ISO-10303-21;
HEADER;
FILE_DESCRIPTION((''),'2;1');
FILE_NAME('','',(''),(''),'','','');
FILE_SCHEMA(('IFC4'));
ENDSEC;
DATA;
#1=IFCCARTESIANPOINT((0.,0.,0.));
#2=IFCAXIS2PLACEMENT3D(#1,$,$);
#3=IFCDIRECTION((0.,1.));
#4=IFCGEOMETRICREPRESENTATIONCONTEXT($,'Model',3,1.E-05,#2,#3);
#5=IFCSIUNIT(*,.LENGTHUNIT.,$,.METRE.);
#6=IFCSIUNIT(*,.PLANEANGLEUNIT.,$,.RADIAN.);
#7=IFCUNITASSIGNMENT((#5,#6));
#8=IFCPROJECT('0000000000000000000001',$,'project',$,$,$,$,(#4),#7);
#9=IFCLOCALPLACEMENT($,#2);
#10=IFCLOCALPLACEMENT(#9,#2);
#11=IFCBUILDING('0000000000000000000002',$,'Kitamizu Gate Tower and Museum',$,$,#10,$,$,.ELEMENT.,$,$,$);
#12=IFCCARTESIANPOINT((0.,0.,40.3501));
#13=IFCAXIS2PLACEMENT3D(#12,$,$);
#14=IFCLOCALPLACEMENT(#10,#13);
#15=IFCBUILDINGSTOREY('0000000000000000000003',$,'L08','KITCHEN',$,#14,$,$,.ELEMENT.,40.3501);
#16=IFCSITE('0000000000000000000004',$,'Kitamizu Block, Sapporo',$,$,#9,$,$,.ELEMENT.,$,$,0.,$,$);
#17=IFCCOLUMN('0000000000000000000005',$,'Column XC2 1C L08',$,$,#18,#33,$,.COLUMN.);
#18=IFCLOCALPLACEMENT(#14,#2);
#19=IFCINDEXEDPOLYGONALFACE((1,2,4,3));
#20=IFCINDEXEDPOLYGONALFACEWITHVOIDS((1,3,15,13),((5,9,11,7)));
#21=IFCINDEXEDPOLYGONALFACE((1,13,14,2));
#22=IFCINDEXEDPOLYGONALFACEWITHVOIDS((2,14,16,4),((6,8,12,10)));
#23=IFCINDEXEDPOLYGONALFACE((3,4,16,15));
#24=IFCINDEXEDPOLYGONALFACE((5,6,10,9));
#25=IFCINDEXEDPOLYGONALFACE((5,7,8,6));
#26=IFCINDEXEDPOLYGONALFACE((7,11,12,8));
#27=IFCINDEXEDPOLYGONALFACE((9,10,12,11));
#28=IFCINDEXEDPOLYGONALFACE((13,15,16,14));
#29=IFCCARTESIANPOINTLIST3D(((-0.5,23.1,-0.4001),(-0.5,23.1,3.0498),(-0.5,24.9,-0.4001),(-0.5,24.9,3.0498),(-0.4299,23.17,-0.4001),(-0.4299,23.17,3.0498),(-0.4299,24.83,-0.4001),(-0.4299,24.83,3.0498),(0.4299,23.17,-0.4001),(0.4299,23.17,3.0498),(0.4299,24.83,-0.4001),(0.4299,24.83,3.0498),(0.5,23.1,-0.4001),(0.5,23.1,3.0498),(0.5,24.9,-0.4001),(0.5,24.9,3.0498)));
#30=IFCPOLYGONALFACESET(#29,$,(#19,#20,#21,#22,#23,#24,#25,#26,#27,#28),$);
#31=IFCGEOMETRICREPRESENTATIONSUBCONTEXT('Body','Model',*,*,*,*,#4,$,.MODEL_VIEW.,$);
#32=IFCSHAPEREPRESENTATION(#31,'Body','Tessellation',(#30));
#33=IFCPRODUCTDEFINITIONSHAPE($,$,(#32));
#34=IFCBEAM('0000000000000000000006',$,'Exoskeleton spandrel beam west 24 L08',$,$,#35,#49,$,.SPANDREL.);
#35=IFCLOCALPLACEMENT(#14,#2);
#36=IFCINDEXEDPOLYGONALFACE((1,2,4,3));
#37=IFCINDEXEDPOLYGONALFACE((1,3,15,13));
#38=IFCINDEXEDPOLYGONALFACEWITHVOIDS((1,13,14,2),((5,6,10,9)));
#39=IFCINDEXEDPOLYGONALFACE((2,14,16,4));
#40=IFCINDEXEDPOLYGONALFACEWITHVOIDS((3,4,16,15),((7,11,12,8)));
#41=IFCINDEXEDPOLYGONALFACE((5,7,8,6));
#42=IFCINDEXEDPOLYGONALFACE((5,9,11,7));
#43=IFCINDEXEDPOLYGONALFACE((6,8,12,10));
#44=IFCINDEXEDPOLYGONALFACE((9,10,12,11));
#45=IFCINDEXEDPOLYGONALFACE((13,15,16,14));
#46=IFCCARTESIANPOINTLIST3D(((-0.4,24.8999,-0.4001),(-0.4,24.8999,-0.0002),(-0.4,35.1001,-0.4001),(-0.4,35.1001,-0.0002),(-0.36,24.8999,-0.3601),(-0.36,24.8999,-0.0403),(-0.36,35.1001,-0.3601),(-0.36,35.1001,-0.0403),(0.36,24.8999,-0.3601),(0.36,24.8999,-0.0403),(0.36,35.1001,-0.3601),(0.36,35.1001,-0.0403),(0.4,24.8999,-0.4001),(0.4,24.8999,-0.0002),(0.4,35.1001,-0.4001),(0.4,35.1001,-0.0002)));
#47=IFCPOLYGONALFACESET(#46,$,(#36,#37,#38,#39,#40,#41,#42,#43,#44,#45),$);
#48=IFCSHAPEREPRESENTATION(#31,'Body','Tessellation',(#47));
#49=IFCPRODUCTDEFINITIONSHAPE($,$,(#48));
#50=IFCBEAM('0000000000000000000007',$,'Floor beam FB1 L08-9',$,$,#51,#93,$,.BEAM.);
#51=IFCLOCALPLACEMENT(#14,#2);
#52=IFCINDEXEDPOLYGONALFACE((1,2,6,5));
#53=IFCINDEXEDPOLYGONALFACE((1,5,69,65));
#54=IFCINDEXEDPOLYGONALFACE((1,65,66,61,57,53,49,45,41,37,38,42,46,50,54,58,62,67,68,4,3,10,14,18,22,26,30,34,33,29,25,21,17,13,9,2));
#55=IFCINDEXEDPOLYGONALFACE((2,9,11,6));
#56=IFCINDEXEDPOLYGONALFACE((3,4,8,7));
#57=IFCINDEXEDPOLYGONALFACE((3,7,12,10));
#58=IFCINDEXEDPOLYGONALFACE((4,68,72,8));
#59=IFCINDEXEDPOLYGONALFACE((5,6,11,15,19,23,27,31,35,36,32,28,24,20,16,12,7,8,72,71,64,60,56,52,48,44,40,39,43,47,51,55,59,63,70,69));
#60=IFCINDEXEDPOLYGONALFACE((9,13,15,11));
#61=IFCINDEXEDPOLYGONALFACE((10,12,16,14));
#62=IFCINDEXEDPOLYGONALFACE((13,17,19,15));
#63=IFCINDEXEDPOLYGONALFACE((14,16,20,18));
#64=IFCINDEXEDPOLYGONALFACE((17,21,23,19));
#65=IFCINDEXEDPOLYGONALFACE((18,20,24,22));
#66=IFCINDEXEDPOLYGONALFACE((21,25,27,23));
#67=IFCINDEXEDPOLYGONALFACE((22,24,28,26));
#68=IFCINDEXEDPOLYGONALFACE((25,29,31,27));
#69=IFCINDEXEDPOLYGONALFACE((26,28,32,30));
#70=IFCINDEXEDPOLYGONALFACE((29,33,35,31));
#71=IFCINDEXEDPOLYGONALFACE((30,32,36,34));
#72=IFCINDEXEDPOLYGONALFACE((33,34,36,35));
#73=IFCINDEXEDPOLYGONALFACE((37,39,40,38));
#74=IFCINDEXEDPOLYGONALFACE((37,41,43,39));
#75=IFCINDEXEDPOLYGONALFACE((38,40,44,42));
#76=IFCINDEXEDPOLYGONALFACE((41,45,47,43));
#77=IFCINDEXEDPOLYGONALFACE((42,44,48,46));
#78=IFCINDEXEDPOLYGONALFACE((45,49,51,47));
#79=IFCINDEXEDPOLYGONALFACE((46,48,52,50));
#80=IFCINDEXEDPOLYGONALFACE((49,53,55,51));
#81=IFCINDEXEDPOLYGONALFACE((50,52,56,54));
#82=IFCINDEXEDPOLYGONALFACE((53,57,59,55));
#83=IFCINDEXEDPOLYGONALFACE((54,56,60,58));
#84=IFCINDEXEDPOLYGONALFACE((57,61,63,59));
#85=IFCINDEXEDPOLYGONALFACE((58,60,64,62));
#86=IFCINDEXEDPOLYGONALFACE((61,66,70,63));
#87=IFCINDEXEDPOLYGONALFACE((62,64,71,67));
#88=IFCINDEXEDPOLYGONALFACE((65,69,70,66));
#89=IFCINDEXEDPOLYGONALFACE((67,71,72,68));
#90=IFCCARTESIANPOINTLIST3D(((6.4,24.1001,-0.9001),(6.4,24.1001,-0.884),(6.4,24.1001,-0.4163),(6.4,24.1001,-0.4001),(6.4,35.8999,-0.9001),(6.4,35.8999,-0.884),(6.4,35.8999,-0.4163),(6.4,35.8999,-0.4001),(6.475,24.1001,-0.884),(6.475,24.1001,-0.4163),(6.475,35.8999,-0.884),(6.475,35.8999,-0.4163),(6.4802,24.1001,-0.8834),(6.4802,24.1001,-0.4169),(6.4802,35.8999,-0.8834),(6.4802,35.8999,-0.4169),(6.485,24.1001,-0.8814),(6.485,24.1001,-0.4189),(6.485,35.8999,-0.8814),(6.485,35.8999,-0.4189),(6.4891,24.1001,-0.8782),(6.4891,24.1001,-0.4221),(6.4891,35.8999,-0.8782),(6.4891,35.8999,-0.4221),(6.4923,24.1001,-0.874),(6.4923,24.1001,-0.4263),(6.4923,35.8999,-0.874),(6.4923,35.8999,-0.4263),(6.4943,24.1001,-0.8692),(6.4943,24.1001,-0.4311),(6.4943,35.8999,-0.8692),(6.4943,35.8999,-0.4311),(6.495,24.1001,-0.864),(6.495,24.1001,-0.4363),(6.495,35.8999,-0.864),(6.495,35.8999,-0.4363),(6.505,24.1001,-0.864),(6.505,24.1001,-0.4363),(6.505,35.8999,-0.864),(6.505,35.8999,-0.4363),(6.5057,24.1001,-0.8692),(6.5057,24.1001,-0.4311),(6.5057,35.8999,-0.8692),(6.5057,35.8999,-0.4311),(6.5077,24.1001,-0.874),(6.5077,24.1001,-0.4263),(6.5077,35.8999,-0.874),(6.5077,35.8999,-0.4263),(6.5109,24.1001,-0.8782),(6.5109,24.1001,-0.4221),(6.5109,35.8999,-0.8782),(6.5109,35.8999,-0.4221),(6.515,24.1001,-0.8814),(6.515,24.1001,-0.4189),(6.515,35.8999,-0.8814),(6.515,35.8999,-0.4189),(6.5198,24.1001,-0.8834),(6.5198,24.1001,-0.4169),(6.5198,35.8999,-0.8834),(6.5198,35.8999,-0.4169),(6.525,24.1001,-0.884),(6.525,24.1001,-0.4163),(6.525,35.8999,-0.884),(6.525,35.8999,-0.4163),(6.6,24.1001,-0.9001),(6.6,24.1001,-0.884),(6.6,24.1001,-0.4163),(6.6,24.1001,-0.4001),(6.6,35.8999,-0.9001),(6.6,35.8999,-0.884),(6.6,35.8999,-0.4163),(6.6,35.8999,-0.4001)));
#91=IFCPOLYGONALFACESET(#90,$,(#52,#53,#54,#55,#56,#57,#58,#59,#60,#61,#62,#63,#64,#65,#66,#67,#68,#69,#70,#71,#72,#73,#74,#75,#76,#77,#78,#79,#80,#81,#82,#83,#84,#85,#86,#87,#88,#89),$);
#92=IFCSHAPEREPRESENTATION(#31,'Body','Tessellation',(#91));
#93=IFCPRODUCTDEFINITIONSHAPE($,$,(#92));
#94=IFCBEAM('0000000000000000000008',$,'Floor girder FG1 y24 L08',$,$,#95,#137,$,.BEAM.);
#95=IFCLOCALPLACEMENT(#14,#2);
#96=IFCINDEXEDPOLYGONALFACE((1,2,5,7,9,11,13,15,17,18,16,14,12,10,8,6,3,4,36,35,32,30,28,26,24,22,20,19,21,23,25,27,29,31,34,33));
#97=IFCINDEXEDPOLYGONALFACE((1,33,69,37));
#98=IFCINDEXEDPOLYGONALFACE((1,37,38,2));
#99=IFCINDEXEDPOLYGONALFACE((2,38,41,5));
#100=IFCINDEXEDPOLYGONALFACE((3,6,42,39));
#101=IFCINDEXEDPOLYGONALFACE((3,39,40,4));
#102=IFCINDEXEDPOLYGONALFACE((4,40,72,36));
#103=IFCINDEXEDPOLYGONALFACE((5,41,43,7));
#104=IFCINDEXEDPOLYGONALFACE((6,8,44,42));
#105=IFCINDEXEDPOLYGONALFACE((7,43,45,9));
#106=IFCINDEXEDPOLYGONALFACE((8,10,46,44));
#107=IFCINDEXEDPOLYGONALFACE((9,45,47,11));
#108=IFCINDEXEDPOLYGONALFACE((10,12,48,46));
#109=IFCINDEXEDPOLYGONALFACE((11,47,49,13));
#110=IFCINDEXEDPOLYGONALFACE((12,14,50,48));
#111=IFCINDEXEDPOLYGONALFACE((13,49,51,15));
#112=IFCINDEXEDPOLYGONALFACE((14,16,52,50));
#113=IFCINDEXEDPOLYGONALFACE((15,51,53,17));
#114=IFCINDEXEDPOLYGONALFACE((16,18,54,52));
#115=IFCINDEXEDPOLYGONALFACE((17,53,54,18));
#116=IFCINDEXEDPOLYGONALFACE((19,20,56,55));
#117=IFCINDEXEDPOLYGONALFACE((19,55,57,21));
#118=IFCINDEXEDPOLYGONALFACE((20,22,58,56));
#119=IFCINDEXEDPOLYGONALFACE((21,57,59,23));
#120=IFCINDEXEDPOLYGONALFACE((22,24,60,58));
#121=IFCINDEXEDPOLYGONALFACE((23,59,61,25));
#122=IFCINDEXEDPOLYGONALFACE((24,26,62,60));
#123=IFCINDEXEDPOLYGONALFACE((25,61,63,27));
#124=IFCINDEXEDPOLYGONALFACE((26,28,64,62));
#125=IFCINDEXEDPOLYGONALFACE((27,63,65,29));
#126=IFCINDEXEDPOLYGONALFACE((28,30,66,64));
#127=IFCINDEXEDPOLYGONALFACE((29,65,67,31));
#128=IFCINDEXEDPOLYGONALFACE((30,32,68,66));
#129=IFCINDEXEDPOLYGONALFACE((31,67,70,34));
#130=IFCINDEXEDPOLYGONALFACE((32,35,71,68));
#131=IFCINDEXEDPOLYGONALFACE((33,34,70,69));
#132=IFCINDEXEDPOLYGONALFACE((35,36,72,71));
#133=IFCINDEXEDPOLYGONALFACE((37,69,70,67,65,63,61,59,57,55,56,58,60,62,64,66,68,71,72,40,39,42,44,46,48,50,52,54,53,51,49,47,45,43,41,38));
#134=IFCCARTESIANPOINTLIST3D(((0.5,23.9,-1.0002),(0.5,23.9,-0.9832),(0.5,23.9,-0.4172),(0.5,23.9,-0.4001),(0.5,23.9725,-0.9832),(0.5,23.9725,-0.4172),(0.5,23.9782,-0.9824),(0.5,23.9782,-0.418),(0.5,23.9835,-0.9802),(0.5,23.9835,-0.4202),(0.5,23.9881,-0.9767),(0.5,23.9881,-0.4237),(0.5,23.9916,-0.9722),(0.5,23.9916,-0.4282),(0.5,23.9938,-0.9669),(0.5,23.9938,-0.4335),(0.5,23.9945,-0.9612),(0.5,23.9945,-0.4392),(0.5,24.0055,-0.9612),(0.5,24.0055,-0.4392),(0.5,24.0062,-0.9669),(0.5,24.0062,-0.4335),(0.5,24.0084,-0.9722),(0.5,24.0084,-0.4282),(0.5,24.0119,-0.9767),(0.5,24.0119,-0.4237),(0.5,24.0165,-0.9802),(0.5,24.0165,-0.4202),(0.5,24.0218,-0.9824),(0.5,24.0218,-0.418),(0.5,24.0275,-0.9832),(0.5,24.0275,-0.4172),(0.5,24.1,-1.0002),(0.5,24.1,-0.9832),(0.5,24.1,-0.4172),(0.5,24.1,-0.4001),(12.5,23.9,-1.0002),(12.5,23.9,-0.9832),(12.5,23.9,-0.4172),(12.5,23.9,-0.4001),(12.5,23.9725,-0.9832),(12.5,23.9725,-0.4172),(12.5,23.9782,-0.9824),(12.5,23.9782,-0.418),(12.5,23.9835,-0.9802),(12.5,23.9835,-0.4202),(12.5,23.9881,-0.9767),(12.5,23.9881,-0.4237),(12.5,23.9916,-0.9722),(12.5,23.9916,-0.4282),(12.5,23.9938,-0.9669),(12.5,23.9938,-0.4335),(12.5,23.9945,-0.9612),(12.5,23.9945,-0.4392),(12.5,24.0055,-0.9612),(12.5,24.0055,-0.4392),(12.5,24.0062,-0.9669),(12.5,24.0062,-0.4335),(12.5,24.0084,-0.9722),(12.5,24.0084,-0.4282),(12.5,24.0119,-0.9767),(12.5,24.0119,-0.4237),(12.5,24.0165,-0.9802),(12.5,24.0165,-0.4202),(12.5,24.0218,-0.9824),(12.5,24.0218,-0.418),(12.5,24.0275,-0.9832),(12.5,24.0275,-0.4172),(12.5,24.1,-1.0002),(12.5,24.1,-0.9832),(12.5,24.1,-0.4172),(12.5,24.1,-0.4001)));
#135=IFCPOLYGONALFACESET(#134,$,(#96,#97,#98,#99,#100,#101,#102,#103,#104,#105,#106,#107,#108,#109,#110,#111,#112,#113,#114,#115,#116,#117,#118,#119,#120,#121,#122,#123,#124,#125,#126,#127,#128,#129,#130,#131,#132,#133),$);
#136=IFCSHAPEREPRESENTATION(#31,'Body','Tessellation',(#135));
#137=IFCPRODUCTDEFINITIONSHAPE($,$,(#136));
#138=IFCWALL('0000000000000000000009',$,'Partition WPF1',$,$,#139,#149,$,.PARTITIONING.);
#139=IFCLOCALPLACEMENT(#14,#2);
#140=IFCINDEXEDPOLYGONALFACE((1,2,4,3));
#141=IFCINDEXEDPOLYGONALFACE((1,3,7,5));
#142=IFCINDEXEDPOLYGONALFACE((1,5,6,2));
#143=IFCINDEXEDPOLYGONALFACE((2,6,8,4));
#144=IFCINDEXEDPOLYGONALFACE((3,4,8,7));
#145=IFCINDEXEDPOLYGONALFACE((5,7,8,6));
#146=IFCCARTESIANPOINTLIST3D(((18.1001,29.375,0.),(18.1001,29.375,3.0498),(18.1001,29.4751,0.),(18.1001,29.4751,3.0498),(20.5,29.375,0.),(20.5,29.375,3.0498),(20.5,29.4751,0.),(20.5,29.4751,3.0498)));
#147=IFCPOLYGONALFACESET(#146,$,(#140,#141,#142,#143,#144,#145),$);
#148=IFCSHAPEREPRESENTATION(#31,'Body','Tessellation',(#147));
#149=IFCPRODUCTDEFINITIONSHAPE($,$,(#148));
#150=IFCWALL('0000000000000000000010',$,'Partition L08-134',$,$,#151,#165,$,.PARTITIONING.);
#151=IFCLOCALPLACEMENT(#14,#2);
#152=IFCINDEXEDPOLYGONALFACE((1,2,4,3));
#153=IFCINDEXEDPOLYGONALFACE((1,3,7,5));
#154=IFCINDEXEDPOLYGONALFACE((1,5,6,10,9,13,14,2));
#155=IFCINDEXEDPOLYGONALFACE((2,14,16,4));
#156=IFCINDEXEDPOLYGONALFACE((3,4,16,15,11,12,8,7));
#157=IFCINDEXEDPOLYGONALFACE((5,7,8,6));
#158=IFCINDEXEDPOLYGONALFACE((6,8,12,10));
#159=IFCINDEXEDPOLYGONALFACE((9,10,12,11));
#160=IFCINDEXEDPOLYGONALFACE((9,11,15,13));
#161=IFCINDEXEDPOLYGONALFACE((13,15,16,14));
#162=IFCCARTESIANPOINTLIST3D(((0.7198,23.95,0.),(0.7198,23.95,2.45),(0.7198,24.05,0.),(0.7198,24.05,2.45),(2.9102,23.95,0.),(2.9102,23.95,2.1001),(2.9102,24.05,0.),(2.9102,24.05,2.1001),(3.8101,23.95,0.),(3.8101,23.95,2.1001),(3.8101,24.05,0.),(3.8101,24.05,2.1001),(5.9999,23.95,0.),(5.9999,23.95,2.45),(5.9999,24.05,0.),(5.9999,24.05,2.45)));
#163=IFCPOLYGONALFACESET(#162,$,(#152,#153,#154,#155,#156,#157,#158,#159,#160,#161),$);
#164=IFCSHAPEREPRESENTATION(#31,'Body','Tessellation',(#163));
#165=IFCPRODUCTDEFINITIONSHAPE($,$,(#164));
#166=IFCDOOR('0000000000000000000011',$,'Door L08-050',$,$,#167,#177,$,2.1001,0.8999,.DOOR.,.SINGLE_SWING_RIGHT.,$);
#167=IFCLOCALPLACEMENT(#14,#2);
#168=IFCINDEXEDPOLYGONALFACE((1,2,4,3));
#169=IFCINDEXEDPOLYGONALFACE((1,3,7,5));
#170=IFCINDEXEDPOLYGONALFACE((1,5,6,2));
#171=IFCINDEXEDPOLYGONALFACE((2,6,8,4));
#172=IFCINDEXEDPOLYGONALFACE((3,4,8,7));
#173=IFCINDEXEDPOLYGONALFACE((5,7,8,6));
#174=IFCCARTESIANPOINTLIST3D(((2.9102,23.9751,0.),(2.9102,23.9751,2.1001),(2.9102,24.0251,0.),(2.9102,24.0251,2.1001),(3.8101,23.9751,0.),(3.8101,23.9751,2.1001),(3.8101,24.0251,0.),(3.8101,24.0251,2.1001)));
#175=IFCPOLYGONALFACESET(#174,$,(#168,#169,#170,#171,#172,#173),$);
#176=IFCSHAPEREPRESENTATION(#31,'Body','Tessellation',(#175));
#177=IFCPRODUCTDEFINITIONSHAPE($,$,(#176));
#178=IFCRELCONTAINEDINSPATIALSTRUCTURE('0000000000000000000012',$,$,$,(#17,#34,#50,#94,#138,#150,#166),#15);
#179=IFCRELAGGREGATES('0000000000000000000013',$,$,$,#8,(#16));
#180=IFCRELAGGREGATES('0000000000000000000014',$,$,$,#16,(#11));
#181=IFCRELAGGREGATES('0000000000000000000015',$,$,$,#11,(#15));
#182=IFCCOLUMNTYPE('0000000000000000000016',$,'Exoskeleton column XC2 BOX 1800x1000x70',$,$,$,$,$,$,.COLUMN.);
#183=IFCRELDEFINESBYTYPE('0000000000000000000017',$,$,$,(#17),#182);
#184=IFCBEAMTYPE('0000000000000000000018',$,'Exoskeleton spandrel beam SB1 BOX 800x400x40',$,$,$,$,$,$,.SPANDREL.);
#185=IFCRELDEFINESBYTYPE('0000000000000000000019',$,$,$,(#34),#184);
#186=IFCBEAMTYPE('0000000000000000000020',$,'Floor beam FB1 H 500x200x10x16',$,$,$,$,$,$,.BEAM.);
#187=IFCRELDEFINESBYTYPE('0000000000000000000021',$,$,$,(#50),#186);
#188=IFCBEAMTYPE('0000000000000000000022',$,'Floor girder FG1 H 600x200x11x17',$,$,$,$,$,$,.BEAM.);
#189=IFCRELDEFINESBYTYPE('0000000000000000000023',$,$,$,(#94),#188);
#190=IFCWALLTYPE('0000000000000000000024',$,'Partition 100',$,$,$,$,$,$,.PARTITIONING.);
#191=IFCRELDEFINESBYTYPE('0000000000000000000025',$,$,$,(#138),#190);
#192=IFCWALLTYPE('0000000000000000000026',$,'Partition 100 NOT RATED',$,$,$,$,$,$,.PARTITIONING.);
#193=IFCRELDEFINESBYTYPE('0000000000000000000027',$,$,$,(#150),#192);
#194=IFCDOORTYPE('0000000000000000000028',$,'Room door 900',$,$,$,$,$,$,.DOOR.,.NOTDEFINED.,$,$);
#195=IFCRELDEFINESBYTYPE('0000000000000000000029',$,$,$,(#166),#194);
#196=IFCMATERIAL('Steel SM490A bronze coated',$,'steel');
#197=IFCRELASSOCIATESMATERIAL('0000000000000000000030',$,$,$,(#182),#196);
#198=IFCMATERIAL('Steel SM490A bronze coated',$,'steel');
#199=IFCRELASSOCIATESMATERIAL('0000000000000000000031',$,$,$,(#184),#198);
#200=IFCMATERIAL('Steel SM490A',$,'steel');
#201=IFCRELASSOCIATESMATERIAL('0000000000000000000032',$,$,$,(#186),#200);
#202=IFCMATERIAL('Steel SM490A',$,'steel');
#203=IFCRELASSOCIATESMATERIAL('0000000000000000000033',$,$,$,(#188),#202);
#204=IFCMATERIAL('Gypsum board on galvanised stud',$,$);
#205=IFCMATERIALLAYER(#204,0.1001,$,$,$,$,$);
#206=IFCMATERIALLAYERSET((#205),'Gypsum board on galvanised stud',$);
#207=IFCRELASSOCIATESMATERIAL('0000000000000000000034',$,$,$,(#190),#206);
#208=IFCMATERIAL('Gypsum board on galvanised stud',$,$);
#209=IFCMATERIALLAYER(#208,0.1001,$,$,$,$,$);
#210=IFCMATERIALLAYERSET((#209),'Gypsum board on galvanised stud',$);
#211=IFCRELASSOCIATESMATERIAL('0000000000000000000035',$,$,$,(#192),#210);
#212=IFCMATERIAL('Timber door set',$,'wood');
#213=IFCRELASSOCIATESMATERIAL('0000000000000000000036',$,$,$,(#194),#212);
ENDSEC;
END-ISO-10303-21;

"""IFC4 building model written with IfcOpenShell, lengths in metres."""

from ifc_helpers import new_model, si_unit, direction, frame, frame_2d, origin, origin_2d, place, context, subcontext, project, spatial, rectangle, hollow_rectangle, i_section, extrude, material, layer, layer_set, material_profile, profile_set, type_object, element, fill, save


model = new_model("IFC4")

# Units and contexts
model_context = context("Model", 3, precision=1e-05, world=origin(), true_north=direction((0.0, 1.0)))
body_context = subcontext(model_context, "Body", "Model", "MODEL_VIEW")
ifc_project = project(units=[si_unit("LENGTHUNIT", "METRE"), si_unit("PLANEANGLEUNIT", "RADIAN")], contexts=[model_context])

# Site, building, storey
site_placement = place(None, origin())
site = spatial("IfcSite", under=ifc_project, at=site_placement, Name="Kitamizu Block, Sapporo", CompositionType="ELEMENT", RefElevation=0.0)
building_placement = place(site_placement, origin())
building = spatial("IfcBuilding", under=site, at=building_placement, Name="Kitamizu Gate Tower and Museum", CompositionType="ELEMENT")
storey_placement = place(building_placement, frame((0.0, 0.0, 40.3501)))
storey = spatial("IfcBuildingStorey", under=building, at=storey_placement, Name="L08", Description="KITCHEN", CompositionType="ELEMENT", Elevation=40.3501)

# Column
ifc_material_1 = material(Name="Steel SM490A bronze coated", Category="steel")
ifc_material_profile_1 = material_profile(ifc_material_1, hollow_rectangle(XDim=1.8, YDim=1.0, WallThickness=0.0701, at=origin_2d()), Name="BOX 1800x1000x70")
ifc_profile_set_1 = profile_set([ifc_material_profile_1], Name="Steel SM490A bronze coated")
column_type = type_object("IfcColumnType", Name="Exoskeleton column XC2 BOX 1800x1000x70", PredefinedType="COLUMN", material=ifc_profile_set_1)
column_placement = place(storey_placement, frame((0.0, 24.0, -0.4001), z_axis=(0.0, 0.0, 1.0), x_axis=(0.0, 1.0, 0.0)))
element("IfcColumn", 1, at=column_placement, inside=storey, type_object=column_type, Name="Column XC2 1C L08", PredefinedType="COLUMN", context=body_context, shape_type="SweptSolid", body=[
    extrude(hollow_rectangle(XDim=1.8, YDim=1.0, WallThickness=0.0701, at=origin_2d()), origin(), (0.0, 0.0, 1.0), 3.45),
])

# Beams
ifc_material_2 = material(Name="Steel SM490A bronze coated", Category="steel")
ifc_material_profile_2 = material_profile(ifc_material_2, hollow_rectangle(XDim=0.8, YDim=0.3999, WallThickness=0.04, at=origin_2d()), Name="BOX 800x400x40")
ifc_profile_set_2 = profile_set([ifc_material_profile_2], Name="Steel SM490A bronze coated")
beam_type_1 = type_object("IfcBeamType", Name="Exoskeleton spandrel beam SB1 BOX 800x400x40", PredefinedType="SPANDREL", material=ifc_profile_set_2)
beam_1_placement = place(storey_placement, frame((0.0, 24.8999, -0.2002), z_axis=(0.0, 1.0, 0.0), x_axis=(-1.0, 0.0, 0.0)))
element("IfcBeam", 2, at=beam_1_placement, inside=storey, type_object=beam_type_1, Name="Exoskeleton spandrel beam west 24 L08", PredefinedType="SPANDREL", context=body_context, shape_type="SweptSolid", body=[
    extrude(hollow_rectangle(XDim=0.8, YDim=0.3999, WallThickness=0.04, at=origin_2d()), origin(), (0.0, 0.0, 1.0), 10.2002),
])
ifc_material_3 = material(Name="Steel SM490A", Category="steel")
ifc_material_profile_3 = material_profile(ifc_material_3, i_section(OverallWidth=0.2, OverallDepth=0.5, WebThickness=0.01, FlangeThickness=0.0161, FilletRadius=0.02, at=origin_2d()), Name="H-500x200x10x16")
ifc_profile_set_3 = profile_set([ifc_material_profile_3], Name="Steel SM490A")
beam_type_2 = type_object("IfcBeamType", Name="Floor beam FB1 H 500x200x10x16", PredefinedType="BEAM", material=ifc_profile_set_3)
beam_2_placement = place(storey_placement, frame((6.5, 24.1001, -0.6501), z_axis=(0.0, 1.0, 0.0), x_axis=(-1.0, 0.0, 0.0)))
element("IfcBeam", 3, at=beam_2_placement, inside=storey, type_object=beam_type_2, Name="Floor beam FB1 L08-9", PredefinedType="BEAM", context=body_context, shape_type="SweptSolid", body=[
    extrude(i_section(OverallWidth=0.2, OverallDepth=0.5, WebThickness=0.01, FlangeThickness=0.0161, FilletRadius=0.02, at=origin_2d()), origin(), (0.0, 0.0, 1.0), 11.7998),
])
ifc_material_4 = material(Name="Steel SM490A", Category="steel")
ifc_material_profile_4 = material_profile(ifc_material_4, i_section(OverallWidth=0.2, OverallDepth=0.6001, WebThickness=0.011, FlangeThickness=0.0171, FilletRadius=0.022, at=origin_2d()), Name="H-600x200x11x17")
ifc_profile_set_4 = profile_set([ifc_material_profile_4], Name="Steel SM490A")
beam_type_3 = type_object("IfcBeamType", Name="Floor girder FG1 H 600x200x11x17", PredefinedType="BEAM", material=ifc_profile_set_4)
beam_3_placement = place(storey_placement, frame((0.5, 24.0, -0.7002), z_axis=(1.0, 0.0, 0.0), x_axis=(0.0, 1.0, 0.0)))
element("IfcBeam", 4, at=beam_3_placement, inside=storey, type_object=beam_type_3, Name="Floor girder FG1 y24 L08", PredefinedType="BEAM", context=body_context, shape_type="SweptSolid", body=[
    extrude(i_section(OverallWidth=0.2, OverallDepth=0.6001, WebThickness=0.011, FlangeThickness=0.0171, FilletRadius=0.022, at=origin_2d()), origin(), (0.0, 0.0, 1.0), 12.0),
])

# Wall
ifc_material_5 = material(Name="Gypsum board on galvanised stud")
ifc_layer_1 = layer(ifc_material_5, 0.1001)
ifc_layer_set_1 = layer_set([ifc_layer_1], Name="Gypsum board on galvanised stud")
wall_type_1 = type_object("IfcWallType", Name="Partition 100", PredefinedType="PARTITIONING", material=ifc_layer_set_1)
wall_1_placement = place(storey_placement, frame((18.1001, 29.425, 0.0), z_axis=(0.0, 0.0, 1.0), x_axis=(1.0, 0.0, 0.0)))
element("IfcWall", 5, at=wall_1_placement, inside=storey, type_object=wall_type_1, Name="Partition WPF1", PredefinedType="PARTITIONING", context=body_context, shape_type="SweptSolid", body=[
    extrude(rectangle(XDim=2.3999, YDim=0.1001, at=frame_2d((1.2, 0.0))), origin(), (0.0, 0.0, 1.0), 3.0498),
])

# Wall, opening, door
ifc_material_6 = material(Name="Gypsum board on galvanised stud")
ifc_layer_2 = layer(ifc_material_6, 0.1001)
ifc_layer_set_2 = layer_set([ifc_layer_2], Name="Gypsum board on galvanised stud")
wall_type_2 = type_object("IfcWallType", Name="Partition 100 NOT RATED", PredefinedType="PARTITIONING", material=ifc_layer_set_2)
wall_2_placement = place(storey_placement, frame((6.0, 24.0, 0.0), z_axis=(0.0, 0.0, 1.0), x_axis=(-1.0, 0.0, 0.0)))
wall_2 = element("IfcWall", 6, at=wall_2_placement, inside=storey, type_object=wall_type_2, Name="Partition L08-134", PredefinedType="PARTITIONING", context=body_context, shape_type="SweptSolid", body=[
    extrude(rectangle(XDim=5.28, YDim=0.1001, at=frame_2d((2.6401, 0.0))), origin(), (0.0, 0.0, 1.0), 2.45),
])
opening_1_placement = place(wall_2_placement, frame((2.1899, 0.0, 0.0)))
opening_1 = element("IfcOpeningElement", 7, at=opening_1_placement, cuts=wall_2, PredefinedType="OPENING", context=body_context, shape_type="SweptSolid", body=[
    extrude(rectangle(XDim=0.8999, YDim=2.1001, at=frame_2d((0.45, 1.05))), frame((0.0, 0.0601, 0.0), z_axis=(0.0, -1.0, 0.0), x_axis=(1.0, 0.0, 0.0)), (0.0, 0.0, 1.0), 0.1201),
])
ifc_material_7 = material(Name="Timber door set", Category="wood")
door_type_1 = type_object("IfcDoorType", Name="Room door 900", OperationType="NOTDEFINED", PredefinedType="DOOR", material=ifc_material_7)
door_1_placement = place(opening_1_placement, origin())
door_1 = element("IfcDoor", 8, at=door_1_placement, inside=storey, type_object=door_type_1, Name="Door L08-050", OperationType="SINGLE_SWING_RIGHT", OverallHeight=2.1001, OverallWidth=0.8999, PredefinedType="DOOR", context=body_context, shape_type="SweptSolid", body=[
    extrude(rectangle(XDim=0.8999, YDim=2.1001, at=frame_2d((0.45, 1.05))), frame((0.0, 0.0249, 0.0), z_axis=(0.0, -1.0, 0.0), x_axis=(1.0, 0.0, 0.0)), (0.0, 0.0, 1.0), 0.05),
])
fill(opening_1, door_1)

save(model, "model.ifc")
